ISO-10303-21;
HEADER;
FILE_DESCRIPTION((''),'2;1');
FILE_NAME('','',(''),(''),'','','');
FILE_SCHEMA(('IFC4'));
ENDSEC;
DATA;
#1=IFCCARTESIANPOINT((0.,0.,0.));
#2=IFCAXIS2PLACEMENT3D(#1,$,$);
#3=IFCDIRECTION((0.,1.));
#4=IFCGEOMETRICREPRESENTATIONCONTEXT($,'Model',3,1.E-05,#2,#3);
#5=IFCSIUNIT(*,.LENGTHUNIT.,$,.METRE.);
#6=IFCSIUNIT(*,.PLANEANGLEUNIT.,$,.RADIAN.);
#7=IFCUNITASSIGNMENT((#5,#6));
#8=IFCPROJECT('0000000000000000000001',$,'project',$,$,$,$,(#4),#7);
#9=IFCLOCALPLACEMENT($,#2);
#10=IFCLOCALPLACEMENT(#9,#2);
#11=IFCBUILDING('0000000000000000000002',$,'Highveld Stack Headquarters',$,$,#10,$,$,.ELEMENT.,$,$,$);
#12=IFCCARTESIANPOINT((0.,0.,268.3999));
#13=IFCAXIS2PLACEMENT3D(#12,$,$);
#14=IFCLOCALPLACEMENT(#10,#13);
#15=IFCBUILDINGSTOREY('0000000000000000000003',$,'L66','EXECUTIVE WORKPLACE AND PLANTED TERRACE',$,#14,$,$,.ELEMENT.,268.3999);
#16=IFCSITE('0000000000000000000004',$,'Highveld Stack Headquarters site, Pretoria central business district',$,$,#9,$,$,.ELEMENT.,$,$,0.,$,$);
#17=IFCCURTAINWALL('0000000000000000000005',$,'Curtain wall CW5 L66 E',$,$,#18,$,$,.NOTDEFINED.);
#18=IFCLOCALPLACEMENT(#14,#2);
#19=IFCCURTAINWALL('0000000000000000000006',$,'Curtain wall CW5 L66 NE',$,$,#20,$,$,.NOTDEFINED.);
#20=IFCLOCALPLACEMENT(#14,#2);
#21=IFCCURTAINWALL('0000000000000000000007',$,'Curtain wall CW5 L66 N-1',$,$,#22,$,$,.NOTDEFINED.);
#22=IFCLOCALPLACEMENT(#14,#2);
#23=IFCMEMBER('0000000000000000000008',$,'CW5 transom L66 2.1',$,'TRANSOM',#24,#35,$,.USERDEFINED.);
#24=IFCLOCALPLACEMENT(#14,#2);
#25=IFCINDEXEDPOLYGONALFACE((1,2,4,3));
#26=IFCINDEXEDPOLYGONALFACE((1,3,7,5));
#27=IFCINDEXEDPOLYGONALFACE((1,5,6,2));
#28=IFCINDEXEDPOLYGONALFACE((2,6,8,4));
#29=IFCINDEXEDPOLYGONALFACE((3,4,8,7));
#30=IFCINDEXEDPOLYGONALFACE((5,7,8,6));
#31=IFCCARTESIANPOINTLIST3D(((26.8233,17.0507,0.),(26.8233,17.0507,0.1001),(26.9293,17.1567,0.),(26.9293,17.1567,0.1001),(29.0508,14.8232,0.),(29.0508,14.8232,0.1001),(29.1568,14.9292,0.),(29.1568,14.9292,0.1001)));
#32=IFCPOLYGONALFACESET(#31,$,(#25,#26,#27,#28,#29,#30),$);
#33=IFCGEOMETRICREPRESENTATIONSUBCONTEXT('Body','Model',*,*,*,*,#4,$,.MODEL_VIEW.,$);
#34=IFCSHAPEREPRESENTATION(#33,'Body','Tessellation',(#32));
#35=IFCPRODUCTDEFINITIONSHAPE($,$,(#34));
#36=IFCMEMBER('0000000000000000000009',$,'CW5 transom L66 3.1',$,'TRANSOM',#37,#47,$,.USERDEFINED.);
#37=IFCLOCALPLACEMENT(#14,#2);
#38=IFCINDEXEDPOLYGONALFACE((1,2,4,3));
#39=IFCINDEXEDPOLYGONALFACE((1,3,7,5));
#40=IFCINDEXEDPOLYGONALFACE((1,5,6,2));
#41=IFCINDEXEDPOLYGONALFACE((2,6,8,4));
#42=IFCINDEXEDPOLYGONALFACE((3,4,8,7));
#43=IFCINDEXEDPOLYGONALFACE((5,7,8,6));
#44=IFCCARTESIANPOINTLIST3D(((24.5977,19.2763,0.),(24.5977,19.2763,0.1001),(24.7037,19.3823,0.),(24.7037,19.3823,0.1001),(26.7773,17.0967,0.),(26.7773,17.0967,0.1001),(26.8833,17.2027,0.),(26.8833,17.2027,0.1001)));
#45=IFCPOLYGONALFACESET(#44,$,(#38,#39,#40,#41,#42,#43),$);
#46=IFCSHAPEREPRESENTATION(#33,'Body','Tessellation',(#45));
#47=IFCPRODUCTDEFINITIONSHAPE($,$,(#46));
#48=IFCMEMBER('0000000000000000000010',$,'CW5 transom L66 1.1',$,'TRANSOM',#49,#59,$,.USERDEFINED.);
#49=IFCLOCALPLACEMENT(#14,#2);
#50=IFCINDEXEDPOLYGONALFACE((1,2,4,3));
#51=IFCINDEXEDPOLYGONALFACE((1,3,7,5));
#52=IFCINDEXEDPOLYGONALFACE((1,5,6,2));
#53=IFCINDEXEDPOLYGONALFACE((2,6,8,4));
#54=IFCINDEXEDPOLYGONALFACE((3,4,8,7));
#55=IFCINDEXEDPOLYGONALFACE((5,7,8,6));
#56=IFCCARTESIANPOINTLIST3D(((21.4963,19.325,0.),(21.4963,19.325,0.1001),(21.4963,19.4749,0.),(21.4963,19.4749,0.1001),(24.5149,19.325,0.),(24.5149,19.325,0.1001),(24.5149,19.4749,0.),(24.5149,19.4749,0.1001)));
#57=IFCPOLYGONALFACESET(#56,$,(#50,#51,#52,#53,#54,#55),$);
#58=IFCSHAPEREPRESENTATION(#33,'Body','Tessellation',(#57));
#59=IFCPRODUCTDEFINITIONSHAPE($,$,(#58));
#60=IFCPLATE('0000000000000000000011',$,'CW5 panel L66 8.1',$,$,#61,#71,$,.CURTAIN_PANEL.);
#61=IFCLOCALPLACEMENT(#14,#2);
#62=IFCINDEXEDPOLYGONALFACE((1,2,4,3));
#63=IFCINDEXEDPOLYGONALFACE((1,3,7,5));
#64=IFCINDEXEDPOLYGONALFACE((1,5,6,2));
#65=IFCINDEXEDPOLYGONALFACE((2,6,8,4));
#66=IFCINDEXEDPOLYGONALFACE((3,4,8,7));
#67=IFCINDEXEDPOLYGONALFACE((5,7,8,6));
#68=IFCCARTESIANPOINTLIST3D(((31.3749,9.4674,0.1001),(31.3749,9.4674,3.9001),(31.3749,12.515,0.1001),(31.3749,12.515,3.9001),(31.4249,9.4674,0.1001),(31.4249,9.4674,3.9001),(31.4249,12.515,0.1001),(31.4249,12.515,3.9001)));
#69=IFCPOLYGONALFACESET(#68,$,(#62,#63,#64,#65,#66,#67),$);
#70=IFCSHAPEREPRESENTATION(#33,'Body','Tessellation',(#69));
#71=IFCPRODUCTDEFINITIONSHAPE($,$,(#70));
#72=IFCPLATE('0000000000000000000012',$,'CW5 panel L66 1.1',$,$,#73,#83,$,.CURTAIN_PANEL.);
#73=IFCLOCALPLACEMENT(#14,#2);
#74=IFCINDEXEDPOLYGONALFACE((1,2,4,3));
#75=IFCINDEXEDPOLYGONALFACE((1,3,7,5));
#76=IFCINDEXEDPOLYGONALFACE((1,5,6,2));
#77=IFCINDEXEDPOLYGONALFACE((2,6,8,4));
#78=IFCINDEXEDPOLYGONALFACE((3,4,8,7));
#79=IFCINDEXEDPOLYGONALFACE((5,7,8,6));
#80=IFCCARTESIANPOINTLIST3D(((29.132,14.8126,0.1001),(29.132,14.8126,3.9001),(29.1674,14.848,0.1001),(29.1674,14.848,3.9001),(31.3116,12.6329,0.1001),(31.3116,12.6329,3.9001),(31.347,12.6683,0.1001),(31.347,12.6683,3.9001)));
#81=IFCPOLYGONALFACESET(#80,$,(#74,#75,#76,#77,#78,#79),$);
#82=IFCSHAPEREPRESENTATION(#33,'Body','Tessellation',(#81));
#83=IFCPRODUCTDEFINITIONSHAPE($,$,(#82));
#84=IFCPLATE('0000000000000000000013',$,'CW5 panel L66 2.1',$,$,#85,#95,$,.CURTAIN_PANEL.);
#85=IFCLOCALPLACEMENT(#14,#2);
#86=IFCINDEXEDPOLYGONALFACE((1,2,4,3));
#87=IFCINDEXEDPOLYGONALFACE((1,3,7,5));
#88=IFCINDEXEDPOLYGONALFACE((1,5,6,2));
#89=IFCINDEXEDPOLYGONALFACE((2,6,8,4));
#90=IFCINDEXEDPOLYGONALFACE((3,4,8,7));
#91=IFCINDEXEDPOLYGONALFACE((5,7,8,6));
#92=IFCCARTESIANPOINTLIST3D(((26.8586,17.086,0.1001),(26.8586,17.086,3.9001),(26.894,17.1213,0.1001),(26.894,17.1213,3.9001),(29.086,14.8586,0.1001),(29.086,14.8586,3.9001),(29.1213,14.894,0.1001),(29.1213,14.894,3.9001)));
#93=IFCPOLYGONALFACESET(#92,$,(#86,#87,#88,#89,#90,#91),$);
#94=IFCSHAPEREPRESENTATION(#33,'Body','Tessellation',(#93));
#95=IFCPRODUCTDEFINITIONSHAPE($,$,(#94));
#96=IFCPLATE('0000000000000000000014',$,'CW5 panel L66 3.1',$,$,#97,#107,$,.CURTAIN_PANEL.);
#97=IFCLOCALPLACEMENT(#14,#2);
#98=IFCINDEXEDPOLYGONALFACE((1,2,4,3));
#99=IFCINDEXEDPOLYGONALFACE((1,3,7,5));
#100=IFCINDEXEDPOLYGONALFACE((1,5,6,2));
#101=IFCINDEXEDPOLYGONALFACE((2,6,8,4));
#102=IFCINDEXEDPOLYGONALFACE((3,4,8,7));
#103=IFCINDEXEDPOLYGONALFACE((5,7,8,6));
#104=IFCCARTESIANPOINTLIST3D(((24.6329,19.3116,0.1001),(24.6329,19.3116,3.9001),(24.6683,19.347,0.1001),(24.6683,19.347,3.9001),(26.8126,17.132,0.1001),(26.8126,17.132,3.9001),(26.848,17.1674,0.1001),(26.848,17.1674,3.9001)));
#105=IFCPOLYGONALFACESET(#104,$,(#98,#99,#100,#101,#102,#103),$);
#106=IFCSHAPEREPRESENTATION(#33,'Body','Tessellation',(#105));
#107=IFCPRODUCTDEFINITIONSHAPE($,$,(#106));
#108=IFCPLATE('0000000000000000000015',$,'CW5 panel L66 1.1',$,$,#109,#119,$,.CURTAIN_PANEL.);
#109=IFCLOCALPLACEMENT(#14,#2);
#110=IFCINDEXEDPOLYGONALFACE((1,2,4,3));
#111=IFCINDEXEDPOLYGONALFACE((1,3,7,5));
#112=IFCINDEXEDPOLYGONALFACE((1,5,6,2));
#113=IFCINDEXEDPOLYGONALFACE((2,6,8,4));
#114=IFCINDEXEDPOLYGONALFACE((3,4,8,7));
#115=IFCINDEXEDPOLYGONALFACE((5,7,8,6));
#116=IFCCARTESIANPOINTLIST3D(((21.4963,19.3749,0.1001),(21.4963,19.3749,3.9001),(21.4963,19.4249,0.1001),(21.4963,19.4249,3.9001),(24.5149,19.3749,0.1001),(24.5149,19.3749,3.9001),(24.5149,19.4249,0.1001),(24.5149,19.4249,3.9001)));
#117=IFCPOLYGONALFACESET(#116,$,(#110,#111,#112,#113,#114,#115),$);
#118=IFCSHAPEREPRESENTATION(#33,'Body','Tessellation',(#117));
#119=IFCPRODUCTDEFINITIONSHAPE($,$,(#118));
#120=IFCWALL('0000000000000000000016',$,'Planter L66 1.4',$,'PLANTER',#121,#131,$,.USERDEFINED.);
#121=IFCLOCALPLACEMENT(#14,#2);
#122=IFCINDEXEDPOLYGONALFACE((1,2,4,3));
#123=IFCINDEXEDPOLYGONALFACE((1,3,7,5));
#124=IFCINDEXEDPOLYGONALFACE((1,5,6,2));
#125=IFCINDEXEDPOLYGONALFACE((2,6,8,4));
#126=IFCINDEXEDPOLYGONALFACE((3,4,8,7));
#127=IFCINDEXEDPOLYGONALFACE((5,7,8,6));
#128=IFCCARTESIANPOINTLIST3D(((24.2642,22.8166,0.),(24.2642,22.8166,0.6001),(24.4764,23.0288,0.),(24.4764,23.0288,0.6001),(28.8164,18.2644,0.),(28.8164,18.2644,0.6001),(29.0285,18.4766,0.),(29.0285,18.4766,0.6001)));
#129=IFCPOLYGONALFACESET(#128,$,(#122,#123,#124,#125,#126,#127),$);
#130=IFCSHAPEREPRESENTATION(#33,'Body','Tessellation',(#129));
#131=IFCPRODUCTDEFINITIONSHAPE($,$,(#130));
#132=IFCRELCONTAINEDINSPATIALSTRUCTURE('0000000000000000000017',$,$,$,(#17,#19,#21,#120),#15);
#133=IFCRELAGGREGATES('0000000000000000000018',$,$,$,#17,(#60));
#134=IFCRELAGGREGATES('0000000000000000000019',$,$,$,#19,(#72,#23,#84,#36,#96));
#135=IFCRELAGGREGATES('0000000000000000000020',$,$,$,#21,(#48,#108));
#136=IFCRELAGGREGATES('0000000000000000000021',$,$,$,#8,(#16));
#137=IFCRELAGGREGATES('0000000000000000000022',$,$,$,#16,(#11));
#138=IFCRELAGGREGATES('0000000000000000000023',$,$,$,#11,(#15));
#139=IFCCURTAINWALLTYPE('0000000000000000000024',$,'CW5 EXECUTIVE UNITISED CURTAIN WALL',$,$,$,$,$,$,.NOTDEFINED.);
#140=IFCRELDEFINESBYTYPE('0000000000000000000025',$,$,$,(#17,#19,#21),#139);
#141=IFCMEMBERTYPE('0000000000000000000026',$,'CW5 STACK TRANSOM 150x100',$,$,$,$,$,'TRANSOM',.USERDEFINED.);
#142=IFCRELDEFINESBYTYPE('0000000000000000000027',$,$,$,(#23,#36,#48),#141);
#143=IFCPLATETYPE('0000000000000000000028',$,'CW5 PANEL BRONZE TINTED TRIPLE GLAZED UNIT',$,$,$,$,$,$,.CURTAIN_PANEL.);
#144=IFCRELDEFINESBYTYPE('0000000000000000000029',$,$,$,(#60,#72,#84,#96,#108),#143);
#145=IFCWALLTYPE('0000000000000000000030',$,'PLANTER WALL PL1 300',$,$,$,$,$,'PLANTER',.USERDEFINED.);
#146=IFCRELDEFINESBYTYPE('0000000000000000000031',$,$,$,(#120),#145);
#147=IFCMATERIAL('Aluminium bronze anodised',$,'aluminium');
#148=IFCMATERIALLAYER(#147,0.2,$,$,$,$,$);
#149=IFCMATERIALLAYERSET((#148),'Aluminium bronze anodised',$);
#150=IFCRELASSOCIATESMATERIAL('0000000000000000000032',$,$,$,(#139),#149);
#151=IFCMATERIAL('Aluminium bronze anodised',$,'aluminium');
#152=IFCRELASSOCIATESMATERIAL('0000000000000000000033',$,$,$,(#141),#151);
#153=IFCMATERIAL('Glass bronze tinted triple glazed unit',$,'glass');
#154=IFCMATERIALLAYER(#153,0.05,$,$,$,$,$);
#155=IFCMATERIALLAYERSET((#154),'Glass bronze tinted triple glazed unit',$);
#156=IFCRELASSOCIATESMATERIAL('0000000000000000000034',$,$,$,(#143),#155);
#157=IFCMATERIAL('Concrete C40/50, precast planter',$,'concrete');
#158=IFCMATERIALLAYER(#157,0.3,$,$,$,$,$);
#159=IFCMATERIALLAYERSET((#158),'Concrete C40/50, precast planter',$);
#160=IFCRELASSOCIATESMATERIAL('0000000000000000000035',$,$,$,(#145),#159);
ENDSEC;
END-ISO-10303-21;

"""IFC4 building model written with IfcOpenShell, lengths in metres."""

from ifc_helpers import new_model, si_unit, direction, frame, frame_2d, origin, origin_2d, place, context, subcontext, project, spatial, rectangle, extrude, material, layer, layer_set, material_profile, profile_set, type_object, element, aggregate, save


model = new_model("IFC4")

# Units and contexts
model_context = context("Model", 3, precision=1e-05, world=origin(), true_north=direction((0.0, 1.0)))
body_context = subcontext(model_context, "Body", "Model", "MODEL_VIEW")
ifc_project = project(units=[si_unit("LENGTHUNIT", "METRE"), si_unit("PLANEANGLEUNIT", "RADIAN")], contexts=[model_context])

# Site, building, storey
site_placement = place(None, origin())
site = spatial("IfcSite", under=ifc_project, at=site_placement, Name="Highveld Stack Headquarters site, Pretoria central business district", CompositionType="ELEMENT", RefElevation=0.0)
building_placement = place(site_placement, origin())
building = spatial("IfcBuilding", under=site, at=building_placement, Name="Highveld Stack Headquarters", CompositionType="ELEMENT")
storey_placement = place(building_placement, frame((0.0, 0.0, 268.3999)))
storey = spatial("IfcBuildingStorey", under=building, at=storey_placement, Name="L66", Description="EXECUTIVE WORKPLACE AND PLANTED TERRACE", CompositionType="ELEMENT", Elevation=268.3999)

# Curtain wall
ifc_material_1 = material(Name="Aluminium bronze anodised", Category="aluminium")
ifc_layer_1 = layer(ifc_material_1, 0.2)
ifc_layer_set_1 = layer_set([ifc_layer_1], Name="Aluminium bronze anodised")
curtain_wall_type = type_object("IfcCurtainWallType", Name="CW5 EXECUTIVE UNITISED CURTAIN WALL", PredefinedType="NOTDEFINED", material=ifc_layer_set_1)
curtain_wall_1_placement = place(storey_placement, origin())
curtain_wall_1 = element("IfcCurtainWall", 1, at=curtain_wall_1_placement, inside=storey, type_object=curtain_wall_type, Name="Curtain wall CW5 L66 E", PredefinedType="NOTDEFINED")

# Curtain wall
curtain_wall_2_placement = place(storey_placement, origin())
curtain_wall_2 = element("IfcCurtainWall", 2, at=curtain_wall_2_placement, inside=storey, type_object=curtain_wall_type, Name="Curtain wall CW5 L66 NE", PredefinedType="NOTDEFINED")

# Curtain wall
curtain_wall_3_placement = place(storey_placement, origin())
curtain_wall_3 = element("IfcCurtainWall", 3, at=curtain_wall_3_placement, inside=storey, type_object=curtain_wall_type, Name="Curtain wall CW5 L66 N-1", PredefinedType="NOTDEFINED")

# Members
ifc_material_2 = material(Name="Aluminium bronze anodised", Category="aluminium")
ifc_material_profile_1 = material_profile(ifc_material_2, rectangle(XDim=0.1499, YDim=0.1001, at=origin_2d()), Name="CW5 TRANSOM 150x100")
ifc_profile_set_1 = profile_set([ifc_material_profile_1], Name="Aluminium bronze anodised")
member_type_1 = type_object("IfcMemberType", Name="CW5 STACK TRANSOM 150x100", ElementType="TRANSOM", PredefinedType="USERDEFINED", material=ifc_profile_set_1)
member_1_placement = place(storey_placement, frame((29.1038, 14.8762, 0.05), z_axis=(-0.707107, 0.707107, 0.0), x_axis=(-0.707107, -0.707107, 0.0)))
member_1 = element("IfcMember", 4, at=member_1_placement, type_object=member_type_1, Name="CW5 transom L66 2.1", ObjectType="TRANSOM", PredefinedType="USERDEFINED", context=body_context, shape_type="SweptSolid", body=[
    extrude(rectangle(XDim=0.1499, YDim=0.1001, at=origin_2d()), origin(), (0.0, 0.0, 1.0), 3.1501),
])
member_2_placement = place(storey_placement, frame((26.8303, 17.1497, 0.05), z_axis=(-0.707107, 0.707107, 0.0), x_axis=(-0.707107, -0.707107, 0.0)))
member_2 = element("IfcMember", 5, at=member_2_placement, type_object=member_type_1, Name="CW5 transom L66 3.1", ObjectType="TRANSOM", PredefinedType="USERDEFINED", context=body_context, shape_type="SweptSolid", body=[
    extrude(rectangle(XDim=0.1499, YDim=0.1001, at=origin_2d()), origin(), (0.0, 0.0, 1.0), 3.0825),
])
member_3_placement = place(storey_placement, frame((24.5149, 19.3999, 0.05), z_axis=(-1.0, 0.0, 0.0), x_axis=(0.0, -1.0, 0.0)))
member_3 = element("IfcMember", 6, at=member_3_placement, type_object=member_type_1, Name="CW5 transom L66 1.1", ObjectType="TRANSOM", PredefinedType="USERDEFINED", context=body_context, shape_type="SweptSolid", body=[
    extrude(rectangle(XDim=0.1499, YDim=0.1001, at=origin_2d()), origin(), (0.0, 0.0, 1.0), 3.0186),
])

# Plates
ifc_material_3 = material(Name="Glass bronze tinted triple glazed unit", Category="glass")
ifc_layer_2 = layer(ifc_material_3, 0.05)
ifc_layer_set_2 = layer_set([ifc_layer_2], Name="Glass bronze tinted triple glazed unit")
plate_type = type_object("IfcPlateType", Name="CW5 PANEL BRONZE TINTED TRIPLE GLAZED UNIT", PredefinedType="CURTAIN_PANEL", material=ifc_layer_set_2)
plate_1_placement = place(storey_placement, frame((31.3999, 10.9912, 0.1001), z_axis=(0.0, 0.0, 1.0), x_axis=(0.0, 1.0, 0.0)))
plate_1 = element("IfcPlate", 7, at=plate_1_placement, type_object=plate_type, Name="CW5 panel L66 8.1", PredefinedType="CURTAIN_PANEL", context=body_context, shape_type="SweptSolid", body=[
    extrude(rectangle(XDim=3.0476, YDim=0.05, at=origin_2d()), origin(), (0.0, 0.0, 1.0), 3.8),
])
aggregate(curtain_wall_1, [plate_1])
plate_2_placement = place(storey_placement, frame((30.2395, 13.7405, 0.1001), z_axis=(0.0, 0.0, 1.0), x_axis=(-0.707107, 0.707107, 0.0)))
plate_2 = element("IfcPlate", 8, at=plate_2_placement, type_object=plate_type, Name="CW5 panel L66 1.1", PredefinedType="CURTAIN_PANEL", context=body_context, shape_type="SweptSolid", body=[
    extrude(rectangle(XDim=3.0825, YDim=0.05, at=origin_2d()), origin(), (0.0, 0.0, 1.0), 3.8),
])
plate_3_placement = place(storey_placement, frame((27.99, 15.99, 0.1001), z_axis=(0.0, 0.0, 1.0), x_axis=(-0.707107, 0.707107, 0.0)))
plate_3 = element("IfcPlate", 9, at=plate_3_placement, type_object=plate_type, Name="CW5 panel L66 2.1", PredefinedType="CURTAIN_PANEL", context=body_context, shape_type="SweptSolid", body=[
    extrude(rectangle(XDim=3.1499, YDim=0.05, at=origin_2d()), origin(), (0.0, 0.0, 1.0), 3.8),
])
plate_4_placement = place(storey_placement, frame((25.7405, 18.2395, 0.1001), z_axis=(0.0, 0.0, 1.0), x_axis=(-0.707107, 0.707107, 0.0)))
plate_4 = element("IfcPlate", 10, at=plate_4_placement, type_object=plate_type, Name="CW5 panel L66 3.1", PredefinedType="CURTAIN_PANEL", context=body_context, shape_type="SweptSolid", body=[
    extrude(rectangle(XDim=3.0825, YDim=0.05, at=origin_2d()), origin(), (0.0, 0.0, 1.0), 3.8),
])
aggregate(curtain_wall_2, [plate_2, member_1, plate_3, member_2, plate_4])
plate_5_placement = place(storey_placement, frame((23.0056, 19.3999, 0.1001), z_axis=(0.0, 0.0, 1.0), x_axis=(-1.0, 0.0, 0.0)))
plate_5 = element("IfcPlate", 11, at=plate_5_placement, type_object=plate_type, Name="CW5 panel L66 1.1", PredefinedType="CURTAIN_PANEL", context=body_context, shape_type="SweptSolid", body=[
    extrude(rectangle(XDim=3.0186, YDim=0.05, at=origin_2d()), origin(), (0.0, 0.0, 1.0), 3.8),
])
aggregate(curtain_wall_3, [member_3, plate_5])

# Wall
ifc_material_4 = material(Name="Concrete C40/50, precast planter", Category="concrete")
ifc_layer_3 = layer(ifc_material_4, 0.3)
ifc_layer_set_3 = layer_set([ifc_layer_3], Name="Concrete C40/50, precast planter")
wall_type = type_object("IfcWallType", Name="PLANTER WALL PL1 300", ElementType="PLANTER", PredefinedType="USERDEFINED", material=ifc_layer_set_3)
wall_placement = place(storey_placement, frame((24.3704, 22.9226, 0.0), z_axis=(0.0, 0.0, 1.0), x_axis=(0.707107, -0.707107, 0.0)))
element("IfcWall", 12, at=wall_placement, inside=storey, type_object=wall_type, Name="Planter L66 1.4", ObjectType="PLANTER", PredefinedType="USERDEFINED", context=body_context, shape_type="SweptSolid", body=[
    extrude(rectangle(XDim=6.4377, YDim=0.3, at=frame_2d((3.2188, 0.0))), origin(), (0.0, 0.0, 1.0), 0.6001),
])

save(model, "model.ifc")
